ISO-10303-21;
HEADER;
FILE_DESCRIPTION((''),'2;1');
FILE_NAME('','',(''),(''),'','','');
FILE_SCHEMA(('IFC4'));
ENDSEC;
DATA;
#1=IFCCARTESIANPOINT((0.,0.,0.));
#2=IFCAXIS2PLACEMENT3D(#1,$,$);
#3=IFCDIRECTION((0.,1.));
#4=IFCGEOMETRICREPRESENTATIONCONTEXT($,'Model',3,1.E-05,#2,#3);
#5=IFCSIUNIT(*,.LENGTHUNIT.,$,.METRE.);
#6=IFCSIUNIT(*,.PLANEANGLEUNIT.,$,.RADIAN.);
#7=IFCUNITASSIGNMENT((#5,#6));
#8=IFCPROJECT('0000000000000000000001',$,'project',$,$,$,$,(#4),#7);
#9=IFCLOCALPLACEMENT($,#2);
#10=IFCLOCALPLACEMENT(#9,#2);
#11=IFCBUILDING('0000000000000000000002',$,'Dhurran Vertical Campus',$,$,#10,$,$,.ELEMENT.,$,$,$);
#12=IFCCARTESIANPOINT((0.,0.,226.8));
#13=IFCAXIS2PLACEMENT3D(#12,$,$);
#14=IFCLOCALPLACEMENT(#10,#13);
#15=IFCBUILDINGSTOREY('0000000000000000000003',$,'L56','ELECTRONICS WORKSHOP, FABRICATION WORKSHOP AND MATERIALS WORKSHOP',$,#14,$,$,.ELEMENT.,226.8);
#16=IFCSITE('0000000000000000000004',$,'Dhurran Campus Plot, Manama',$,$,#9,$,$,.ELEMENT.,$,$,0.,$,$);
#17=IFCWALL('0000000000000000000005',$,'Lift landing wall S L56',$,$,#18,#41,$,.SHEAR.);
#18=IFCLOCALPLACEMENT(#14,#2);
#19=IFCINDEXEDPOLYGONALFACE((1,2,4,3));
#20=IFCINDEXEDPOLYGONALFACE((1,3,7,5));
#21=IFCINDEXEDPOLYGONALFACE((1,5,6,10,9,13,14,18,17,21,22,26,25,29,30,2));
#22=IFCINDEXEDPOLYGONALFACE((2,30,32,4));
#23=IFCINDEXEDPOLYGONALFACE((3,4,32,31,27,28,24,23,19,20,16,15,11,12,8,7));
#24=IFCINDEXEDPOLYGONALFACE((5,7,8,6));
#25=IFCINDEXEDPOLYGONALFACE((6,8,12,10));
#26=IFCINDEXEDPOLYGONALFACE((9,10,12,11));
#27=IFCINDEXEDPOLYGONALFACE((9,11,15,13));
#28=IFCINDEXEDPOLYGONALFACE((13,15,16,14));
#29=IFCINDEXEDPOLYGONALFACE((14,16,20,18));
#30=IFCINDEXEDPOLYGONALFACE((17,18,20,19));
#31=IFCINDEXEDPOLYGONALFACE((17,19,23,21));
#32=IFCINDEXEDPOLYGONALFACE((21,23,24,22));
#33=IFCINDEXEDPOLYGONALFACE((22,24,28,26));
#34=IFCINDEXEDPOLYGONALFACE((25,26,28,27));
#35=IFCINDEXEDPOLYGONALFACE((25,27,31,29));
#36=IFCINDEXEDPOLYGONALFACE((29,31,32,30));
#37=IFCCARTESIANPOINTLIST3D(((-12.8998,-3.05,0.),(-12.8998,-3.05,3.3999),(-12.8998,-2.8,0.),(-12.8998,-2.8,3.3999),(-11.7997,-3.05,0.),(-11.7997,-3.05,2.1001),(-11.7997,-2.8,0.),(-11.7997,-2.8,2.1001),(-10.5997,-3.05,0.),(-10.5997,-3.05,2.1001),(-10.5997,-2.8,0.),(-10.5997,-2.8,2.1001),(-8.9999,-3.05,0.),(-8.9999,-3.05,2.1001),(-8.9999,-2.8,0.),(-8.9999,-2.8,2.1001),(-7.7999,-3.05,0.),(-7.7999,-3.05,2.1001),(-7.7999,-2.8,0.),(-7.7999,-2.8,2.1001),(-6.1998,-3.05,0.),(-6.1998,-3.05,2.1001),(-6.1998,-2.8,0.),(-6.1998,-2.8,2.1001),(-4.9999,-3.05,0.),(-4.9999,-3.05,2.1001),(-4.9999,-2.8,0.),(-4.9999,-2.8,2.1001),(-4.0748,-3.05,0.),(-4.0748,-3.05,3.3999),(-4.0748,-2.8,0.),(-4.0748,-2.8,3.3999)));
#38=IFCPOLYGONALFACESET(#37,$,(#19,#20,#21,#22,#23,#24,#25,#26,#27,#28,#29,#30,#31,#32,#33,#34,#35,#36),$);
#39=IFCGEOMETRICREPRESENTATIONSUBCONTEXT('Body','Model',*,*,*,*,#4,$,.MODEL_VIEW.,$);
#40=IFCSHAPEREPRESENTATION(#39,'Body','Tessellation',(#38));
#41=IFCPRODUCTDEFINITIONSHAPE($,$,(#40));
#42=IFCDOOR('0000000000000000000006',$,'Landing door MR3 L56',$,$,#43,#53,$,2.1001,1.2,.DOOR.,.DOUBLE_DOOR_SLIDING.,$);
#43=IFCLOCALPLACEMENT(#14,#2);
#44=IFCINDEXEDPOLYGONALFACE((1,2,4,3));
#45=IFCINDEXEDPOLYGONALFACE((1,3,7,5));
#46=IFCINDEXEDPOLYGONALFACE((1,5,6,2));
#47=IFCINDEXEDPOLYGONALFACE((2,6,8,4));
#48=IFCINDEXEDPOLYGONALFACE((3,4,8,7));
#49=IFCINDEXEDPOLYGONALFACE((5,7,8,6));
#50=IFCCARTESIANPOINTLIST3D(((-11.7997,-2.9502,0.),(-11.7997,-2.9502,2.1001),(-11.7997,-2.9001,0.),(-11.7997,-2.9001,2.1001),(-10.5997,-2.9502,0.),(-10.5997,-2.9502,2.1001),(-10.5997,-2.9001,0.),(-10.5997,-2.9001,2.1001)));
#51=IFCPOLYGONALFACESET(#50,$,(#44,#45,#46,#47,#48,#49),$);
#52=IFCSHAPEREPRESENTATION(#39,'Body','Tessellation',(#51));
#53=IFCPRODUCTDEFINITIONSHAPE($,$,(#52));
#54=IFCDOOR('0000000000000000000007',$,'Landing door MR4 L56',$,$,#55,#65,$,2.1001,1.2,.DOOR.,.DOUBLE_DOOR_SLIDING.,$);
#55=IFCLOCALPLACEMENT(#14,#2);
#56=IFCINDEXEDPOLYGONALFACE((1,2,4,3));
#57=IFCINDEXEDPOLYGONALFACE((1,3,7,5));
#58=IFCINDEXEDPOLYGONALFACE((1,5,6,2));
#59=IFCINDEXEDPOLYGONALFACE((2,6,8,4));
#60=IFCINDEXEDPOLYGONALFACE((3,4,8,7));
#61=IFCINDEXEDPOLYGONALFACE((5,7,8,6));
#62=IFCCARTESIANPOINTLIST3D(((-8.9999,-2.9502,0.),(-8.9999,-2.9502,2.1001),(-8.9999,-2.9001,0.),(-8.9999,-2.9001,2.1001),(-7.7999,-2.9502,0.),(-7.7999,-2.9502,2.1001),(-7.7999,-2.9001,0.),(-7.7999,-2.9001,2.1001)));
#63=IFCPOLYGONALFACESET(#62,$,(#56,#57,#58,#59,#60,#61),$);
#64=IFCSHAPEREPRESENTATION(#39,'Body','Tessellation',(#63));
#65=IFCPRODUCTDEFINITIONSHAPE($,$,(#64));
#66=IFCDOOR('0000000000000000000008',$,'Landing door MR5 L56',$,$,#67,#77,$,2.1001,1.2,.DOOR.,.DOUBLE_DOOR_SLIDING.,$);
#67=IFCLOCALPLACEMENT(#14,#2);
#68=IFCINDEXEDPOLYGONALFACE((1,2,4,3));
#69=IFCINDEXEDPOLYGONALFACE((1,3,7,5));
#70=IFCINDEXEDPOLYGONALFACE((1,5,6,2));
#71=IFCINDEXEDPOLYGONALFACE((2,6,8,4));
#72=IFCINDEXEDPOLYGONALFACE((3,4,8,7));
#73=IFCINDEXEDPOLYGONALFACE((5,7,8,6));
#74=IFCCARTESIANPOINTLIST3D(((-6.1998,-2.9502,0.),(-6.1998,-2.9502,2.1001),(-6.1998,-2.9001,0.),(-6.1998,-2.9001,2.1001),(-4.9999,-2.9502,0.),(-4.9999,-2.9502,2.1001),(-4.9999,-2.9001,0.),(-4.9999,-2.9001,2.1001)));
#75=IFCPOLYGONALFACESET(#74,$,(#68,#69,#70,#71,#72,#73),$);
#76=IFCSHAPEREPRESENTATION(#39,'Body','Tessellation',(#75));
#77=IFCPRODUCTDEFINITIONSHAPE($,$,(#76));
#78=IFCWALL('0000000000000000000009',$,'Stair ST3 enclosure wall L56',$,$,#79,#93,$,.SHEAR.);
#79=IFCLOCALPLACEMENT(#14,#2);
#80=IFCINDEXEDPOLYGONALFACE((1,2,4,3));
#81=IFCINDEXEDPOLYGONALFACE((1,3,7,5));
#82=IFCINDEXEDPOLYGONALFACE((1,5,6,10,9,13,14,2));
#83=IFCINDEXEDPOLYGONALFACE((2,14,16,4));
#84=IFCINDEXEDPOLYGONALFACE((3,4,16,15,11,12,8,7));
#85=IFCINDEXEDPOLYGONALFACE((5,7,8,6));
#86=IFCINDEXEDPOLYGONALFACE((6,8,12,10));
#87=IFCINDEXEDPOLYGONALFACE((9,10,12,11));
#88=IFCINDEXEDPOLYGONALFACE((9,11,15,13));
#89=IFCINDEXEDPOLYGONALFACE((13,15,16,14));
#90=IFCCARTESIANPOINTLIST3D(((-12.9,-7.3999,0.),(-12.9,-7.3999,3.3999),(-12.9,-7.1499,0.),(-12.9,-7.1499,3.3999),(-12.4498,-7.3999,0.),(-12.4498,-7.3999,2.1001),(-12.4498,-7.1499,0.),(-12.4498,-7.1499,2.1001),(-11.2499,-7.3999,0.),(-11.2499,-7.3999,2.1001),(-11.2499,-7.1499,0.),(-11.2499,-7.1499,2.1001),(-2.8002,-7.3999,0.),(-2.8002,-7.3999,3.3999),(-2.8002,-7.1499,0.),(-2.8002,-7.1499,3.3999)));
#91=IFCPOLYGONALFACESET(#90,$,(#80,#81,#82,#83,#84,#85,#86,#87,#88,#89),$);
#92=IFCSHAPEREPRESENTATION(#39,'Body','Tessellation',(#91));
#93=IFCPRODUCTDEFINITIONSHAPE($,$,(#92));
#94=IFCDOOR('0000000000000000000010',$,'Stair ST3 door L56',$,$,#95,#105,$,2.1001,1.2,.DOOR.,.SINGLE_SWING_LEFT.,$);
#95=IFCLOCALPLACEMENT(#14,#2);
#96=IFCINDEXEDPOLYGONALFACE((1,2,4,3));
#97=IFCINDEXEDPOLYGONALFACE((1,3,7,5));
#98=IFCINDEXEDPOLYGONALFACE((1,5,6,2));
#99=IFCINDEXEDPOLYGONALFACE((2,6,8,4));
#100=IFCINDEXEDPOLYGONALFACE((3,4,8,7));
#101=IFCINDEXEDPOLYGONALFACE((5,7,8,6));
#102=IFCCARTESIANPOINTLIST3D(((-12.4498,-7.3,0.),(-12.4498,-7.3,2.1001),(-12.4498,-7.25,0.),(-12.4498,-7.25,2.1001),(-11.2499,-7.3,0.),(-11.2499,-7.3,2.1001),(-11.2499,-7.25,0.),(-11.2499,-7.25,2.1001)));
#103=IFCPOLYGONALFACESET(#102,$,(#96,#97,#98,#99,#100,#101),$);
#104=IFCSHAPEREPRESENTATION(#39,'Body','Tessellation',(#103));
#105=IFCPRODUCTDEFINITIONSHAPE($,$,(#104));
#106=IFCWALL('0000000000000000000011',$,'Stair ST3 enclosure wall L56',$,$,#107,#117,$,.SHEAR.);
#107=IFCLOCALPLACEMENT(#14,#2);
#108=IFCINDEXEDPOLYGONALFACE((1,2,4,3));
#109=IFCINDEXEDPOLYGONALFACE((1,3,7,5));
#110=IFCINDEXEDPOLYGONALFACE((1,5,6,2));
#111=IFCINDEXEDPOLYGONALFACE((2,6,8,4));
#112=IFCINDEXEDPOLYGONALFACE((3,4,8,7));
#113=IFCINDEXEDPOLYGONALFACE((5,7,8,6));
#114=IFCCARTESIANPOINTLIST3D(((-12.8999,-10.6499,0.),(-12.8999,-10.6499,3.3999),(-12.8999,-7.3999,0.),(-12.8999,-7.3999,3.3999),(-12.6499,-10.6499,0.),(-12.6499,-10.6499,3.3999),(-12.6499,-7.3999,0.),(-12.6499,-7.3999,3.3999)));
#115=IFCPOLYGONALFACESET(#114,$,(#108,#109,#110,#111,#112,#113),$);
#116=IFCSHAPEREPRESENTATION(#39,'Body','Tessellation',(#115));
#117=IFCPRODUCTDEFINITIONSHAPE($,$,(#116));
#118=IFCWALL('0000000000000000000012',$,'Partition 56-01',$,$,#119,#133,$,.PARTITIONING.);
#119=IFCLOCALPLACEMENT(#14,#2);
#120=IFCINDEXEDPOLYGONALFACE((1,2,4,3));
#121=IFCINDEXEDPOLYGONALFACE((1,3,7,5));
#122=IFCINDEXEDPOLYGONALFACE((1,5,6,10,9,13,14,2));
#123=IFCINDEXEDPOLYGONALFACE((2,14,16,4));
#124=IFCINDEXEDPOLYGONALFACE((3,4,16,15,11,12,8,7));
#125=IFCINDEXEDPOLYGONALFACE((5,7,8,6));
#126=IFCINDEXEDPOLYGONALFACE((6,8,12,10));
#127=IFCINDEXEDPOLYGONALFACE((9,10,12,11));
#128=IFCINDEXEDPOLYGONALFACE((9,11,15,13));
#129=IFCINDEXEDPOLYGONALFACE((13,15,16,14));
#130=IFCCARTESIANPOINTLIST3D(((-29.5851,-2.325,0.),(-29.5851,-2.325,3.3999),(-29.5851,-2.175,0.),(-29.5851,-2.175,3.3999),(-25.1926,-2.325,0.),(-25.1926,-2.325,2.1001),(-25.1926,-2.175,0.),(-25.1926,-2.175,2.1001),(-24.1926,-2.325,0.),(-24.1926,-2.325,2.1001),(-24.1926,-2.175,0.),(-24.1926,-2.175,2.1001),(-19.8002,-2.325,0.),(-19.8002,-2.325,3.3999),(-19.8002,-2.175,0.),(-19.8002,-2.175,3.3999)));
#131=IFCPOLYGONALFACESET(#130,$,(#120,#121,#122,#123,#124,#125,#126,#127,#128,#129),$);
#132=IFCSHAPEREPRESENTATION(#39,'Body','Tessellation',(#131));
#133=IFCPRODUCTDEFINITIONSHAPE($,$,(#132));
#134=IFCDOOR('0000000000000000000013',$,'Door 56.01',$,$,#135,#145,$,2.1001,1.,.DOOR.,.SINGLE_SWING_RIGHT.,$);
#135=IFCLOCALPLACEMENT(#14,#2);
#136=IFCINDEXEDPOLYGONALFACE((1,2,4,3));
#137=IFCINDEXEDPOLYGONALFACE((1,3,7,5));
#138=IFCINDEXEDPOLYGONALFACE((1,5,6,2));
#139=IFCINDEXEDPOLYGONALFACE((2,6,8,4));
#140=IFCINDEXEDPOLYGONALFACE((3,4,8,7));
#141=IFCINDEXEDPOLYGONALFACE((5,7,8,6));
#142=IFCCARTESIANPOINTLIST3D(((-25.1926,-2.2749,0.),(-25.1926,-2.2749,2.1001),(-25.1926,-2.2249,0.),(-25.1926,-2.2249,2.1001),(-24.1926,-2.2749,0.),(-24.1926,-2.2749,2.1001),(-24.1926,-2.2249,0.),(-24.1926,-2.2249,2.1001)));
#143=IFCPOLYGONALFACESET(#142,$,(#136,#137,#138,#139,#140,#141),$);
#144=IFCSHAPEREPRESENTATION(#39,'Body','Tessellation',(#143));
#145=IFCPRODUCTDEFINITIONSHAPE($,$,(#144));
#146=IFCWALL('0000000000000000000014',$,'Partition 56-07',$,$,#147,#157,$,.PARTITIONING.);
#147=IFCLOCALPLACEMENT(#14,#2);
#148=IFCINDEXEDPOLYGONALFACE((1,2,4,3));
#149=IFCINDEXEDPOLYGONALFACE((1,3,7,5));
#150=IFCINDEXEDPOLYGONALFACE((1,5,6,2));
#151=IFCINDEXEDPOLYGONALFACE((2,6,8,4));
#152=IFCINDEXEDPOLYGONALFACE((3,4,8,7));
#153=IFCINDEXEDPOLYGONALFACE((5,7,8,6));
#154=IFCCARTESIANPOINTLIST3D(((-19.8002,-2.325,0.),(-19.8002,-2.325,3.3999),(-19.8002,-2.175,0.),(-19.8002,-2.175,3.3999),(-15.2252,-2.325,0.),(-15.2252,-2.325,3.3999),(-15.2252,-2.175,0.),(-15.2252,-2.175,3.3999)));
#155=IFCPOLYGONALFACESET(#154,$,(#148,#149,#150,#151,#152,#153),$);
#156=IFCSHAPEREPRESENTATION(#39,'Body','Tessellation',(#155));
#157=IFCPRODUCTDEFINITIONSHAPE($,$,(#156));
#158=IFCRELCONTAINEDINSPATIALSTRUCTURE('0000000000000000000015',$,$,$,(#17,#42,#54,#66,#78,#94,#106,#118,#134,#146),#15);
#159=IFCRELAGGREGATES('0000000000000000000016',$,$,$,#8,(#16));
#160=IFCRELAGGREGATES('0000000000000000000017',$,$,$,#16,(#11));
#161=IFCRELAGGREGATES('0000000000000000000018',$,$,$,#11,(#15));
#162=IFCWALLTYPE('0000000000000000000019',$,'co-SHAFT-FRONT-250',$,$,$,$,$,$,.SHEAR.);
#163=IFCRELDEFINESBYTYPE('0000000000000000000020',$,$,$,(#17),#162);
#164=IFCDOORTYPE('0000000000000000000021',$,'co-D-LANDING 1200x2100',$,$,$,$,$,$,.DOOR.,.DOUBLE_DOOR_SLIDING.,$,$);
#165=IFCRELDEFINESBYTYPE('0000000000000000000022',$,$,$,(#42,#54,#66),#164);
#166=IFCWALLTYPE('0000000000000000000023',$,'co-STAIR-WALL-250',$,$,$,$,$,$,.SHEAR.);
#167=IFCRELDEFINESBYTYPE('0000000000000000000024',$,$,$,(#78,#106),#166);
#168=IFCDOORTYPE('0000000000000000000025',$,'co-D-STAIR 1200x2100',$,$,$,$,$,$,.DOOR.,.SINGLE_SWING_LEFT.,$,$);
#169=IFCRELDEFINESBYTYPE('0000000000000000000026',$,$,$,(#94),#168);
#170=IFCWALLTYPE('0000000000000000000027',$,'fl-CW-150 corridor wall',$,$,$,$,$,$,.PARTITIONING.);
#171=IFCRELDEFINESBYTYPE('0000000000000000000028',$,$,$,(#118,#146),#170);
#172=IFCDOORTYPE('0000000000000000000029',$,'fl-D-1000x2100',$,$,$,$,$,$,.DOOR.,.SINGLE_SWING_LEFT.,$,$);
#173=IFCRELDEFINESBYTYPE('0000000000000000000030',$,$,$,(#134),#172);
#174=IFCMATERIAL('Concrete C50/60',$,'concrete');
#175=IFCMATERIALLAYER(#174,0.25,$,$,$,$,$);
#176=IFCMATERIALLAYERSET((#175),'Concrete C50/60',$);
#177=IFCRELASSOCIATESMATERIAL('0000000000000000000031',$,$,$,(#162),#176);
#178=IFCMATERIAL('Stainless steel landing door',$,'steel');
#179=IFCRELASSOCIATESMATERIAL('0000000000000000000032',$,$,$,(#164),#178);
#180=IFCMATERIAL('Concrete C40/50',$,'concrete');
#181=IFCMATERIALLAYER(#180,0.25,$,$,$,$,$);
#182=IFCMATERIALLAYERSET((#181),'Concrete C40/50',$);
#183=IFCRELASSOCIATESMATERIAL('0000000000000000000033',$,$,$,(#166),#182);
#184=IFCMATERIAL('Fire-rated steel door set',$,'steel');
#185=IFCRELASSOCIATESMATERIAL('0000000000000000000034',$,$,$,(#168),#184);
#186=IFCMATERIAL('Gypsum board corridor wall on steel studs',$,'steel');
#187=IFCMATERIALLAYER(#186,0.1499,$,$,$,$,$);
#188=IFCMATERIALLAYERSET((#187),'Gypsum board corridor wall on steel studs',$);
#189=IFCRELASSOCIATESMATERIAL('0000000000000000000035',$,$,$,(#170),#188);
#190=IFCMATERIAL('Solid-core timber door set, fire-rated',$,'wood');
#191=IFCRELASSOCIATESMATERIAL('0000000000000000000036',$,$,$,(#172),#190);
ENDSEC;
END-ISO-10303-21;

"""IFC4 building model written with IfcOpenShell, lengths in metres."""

from ifc_helpers import new_model, si_unit, direction, frame, frame_2d, origin, place, context, subcontext, project, spatial, rectangle, extrude, material, layer, layer_set, type_object, element, fill, save


model = new_model("IFC4")

# Units and contexts
model_context = context("Model", 3, precision=1e-05, world=origin(), true_north=direction((0.0, 1.0)))
body_context = subcontext(model_context, "Body", "Model", "MODEL_VIEW")
ifc_project = project(units=[si_unit("LENGTHUNIT", "METRE"), si_unit("PLANEANGLEUNIT", "RADIAN")], contexts=[model_context])

# Site, building, storey
site_placement = place(None, origin())
site = spatial("IfcSite", under=ifc_project, at=site_placement, Name="Dhurran Campus Plot, Manama", CompositionType="ELEMENT", RefElevation=0.0)
building_placement = place(site_placement, origin())
building = spatial("IfcBuilding", under=site, at=building_placement, Name="Dhurran Vertical Campus", CompositionType="ELEMENT")
storey_placement = place(building_placement, frame((0.0, 0.0, 226.8)))
storey = spatial("IfcBuildingStorey", under=building, at=storey_placement, Name="L56", Description="ELECTRONICS WORKSHOP, FABRICATION WORKSHOP AND MATERIALS WORKSHOP", CompositionType="ELEMENT", Elevation=226.8)

# Wall, openings, doors
ifc_material_1 = material(Name="Concrete C50/60", Category="concrete")
ifc_layer_1 = layer(ifc_material_1, 0.25)
ifc_layer_set_1 = layer_set([ifc_layer_1], Name="Concrete C50/60")
wall_type_1 = type_object("IfcWallType", Name="co-SHAFT-FRONT-250", PredefinedType="SHEAR", material=ifc_layer_set_1)
wall_1_placement = place(storey_placement, frame((-12.8999, -2.925, 0.0), z_axis=(0.0, 0.0, 1.0), x_axis=(1.0, 0.0, 0.0)))
wall_1 = element("IfcWall", 1, at=wall_1_placement, inside=storey, type_object=wall_type_1, Name="Lift landing wall S L56", PredefinedType="SHEAR", context=body_context, shape_type="SweptSolid", body=[
    extrude(rectangle(XDim=8.825, YDim=0.25, at=frame_2d((4.4126, 0.0))), origin(), (0.0, 0.0, 1.0), 3.3999),
])
opening_1_placement = place(wall_1_placement, frame((1.1001, 0.0, 0.0)))
opening_1 = element("IfcOpeningElement", 2, at=opening_1_placement, cuts=wall_1, PredefinedType="OPENING", context=body_context, shape_type="SweptSolid", body=[
    extrude(rectangle(XDim=1.2, YDim=2.1001, at=frame_2d((0.6001, 1.05))), frame((0.0, 0.135, 0.0), z_axis=(0.0, -1.0, 0.0), x_axis=(1.0, 0.0, 0.0)), (0.0, 0.0, 1.0), 0.27),
])
opening_2_placement = place(wall_1_placement, frame((3.8999, 0.0, 0.0)))
opening_2 = element("IfcOpeningElement", 3, at=opening_2_placement, cuts=wall_1, PredefinedType="OPENING", context=body_context, shape_type="SweptSolid", body=[
    extrude(rectangle(XDim=1.2, YDim=2.1001, at=frame_2d((0.6001, 1.05))), frame((0.0, 0.135, 0.0), z_axis=(0.0, -1.0, 0.0), x_axis=(1.0, 0.0, 0.0)), (0.0, 0.0, 1.0), 0.27),
])
opening_3_placement = place(wall_1_placement, frame((6.7, 0.0, 0.0)))
opening_3 = element("IfcOpeningElement", 4, at=opening_3_placement, cuts=wall_1, PredefinedType="OPENING", context=body_context, shape_type="SweptSolid", body=[
    extrude(rectangle(XDim=1.2, YDim=2.1001, at=frame_2d((0.6001, 1.05))), frame((0.0, 0.135, 0.0), z_axis=(0.0, -1.0, 0.0), x_axis=(1.0, 0.0, 0.0)), (0.0, 0.0, 1.0), 0.27),
])
ifc_material_2 = material(Name="Stainless steel landing door", Category="steel")
door_type_1 = type_object("IfcDoorType", Name="co-D-LANDING 1200x2100", OperationType="DOUBLE_DOOR_SLIDING", PredefinedType="DOOR", material=ifc_material_2)
door_1_placement = place(opening_1_placement, origin())
door_1 = element("IfcDoor", 5, at=door_1_placement, inside=storey, type_object=door_type_1, Name="Landing door MR3 L56", OperationType="DOUBLE_DOOR_SLIDING", OverallHeight=2.1001, OverallWidth=1.2, PredefinedType="DOOR", context=body_context, shape_type="SweptSolid", body=[
    extrude(rectangle(XDim=1.2, YDim=2.1001, at=frame_2d((0.6001, 1.05))), frame((0.0, 0.0249, 0.0), z_axis=(0.0, -1.0, 0.0), x_axis=(1.0, 0.0, 0.0)), (0.0, 0.0, 1.0), 0.05),
])
fill(opening_1, door_1)
door_2_placement = place(opening_2_placement, origin())
door_2 = element("IfcDoor", 6, at=door_2_placement, inside=storey, type_object=door_type_1, Name="Landing door MR4 L56", OperationType="DOUBLE_DOOR_SLIDING", OverallHeight=2.1001, OverallWidth=1.2, PredefinedType="DOOR", context=body_context, shape_type="SweptSolid", body=[
    extrude(rectangle(XDim=1.2, YDim=2.1001, at=frame_2d((0.6001, 1.05))), frame((0.0, 0.0249, 0.0), z_axis=(0.0, -1.0, 0.0), x_axis=(1.0, 0.0, 0.0)), (0.0, 0.0, 1.0), 0.05),
])
fill(opening_2, door_2)
door_3_placement = place(opening_3_placement, origin())
door_3 = element("IfcDoor", 7, at=door_3_placement, inside=storey, type_object=door_type_1, Name="Landing door MR5 L56", OperationType="DOUBLE_DOOR_SLIDING", OverallHeight=2.1001, OverallWidth=1.2, PredefinedType="DOOR", context=body_context, shape_type="SweptSolid", body=[
    extrude(rectangle(XDim=1.2, YDim=2.1001, at=frame_2d((0.6001, 1.05))), frame((0.0, 0.0249, 0.0), z_axis=(0.0, -1.0, 0.0), x_axis=(1.0, 0.0, 0.0)), (0.0, 0.0, 1.0), 0.05),
])
fill(opening_3, door_3)

# Wall, opening, door
ifc_material_3 = material(Name="Concrete C40/50", Category="concrete")
ifc_layer_2 = layer(ifc_material_3, 0.25)
ifc_layer_set_2 = layer_set([ifc_layer_2], Name="Concrete C40/50")
wall_type_2 = type_object("IfcWallType", Name="co-STAIR-WALL-250", PredefinedType="SHEAR", material=ifc_layer_set_2)
wall_2_placement = place(storey_placement, frame((-12.8999, -7.2749, 0.0), z_axis=(0.0, 0.0, 1.0), x_axis=(1.0, 0.0, 0.0)))
wall_2 = element("IfcWall", 8, at=wall_2_placement, inside=storey, type_object=wall_type_2, Name="Stair ST3 enclosure wall L56", PredefinedType="SHEAR", context=body_context, shape_type="SweptSolid", body=[
    extrude(rectangle(XDim=10.0999, YDim=0.25, at=frame_2d((5.0498, 0.0))), origin(), (0.0, 0.0, 1.0), 3.3999),
])
opening_4_placement = place(wall_2_placement, frame((0.45, 0.0, 0.0)))
opening_4 = element("IfcOpeningElement", 9, at=opening_4_placement, cuts=wall_2, PredefinedType="OPENING", context=body_context, shape_type="SweptSolid", body=[
    extrude(rectangle(XDim=1.2, YDim=2.1001, at=frame_2d((0.6001, 1.05))), frame((0.0, 0.135, 0.0), z_axis=(0.0, -1.0, 0.0), x_axis=(1.0, 0.0, 0.0)), (0.0, 0.0, 1.0), 0.27),
])
ifc_material_4 = material(Name="Fire-rated steel door set", Category="steel")
door_type_2 = type_object("IfcDoorType", Name="co-D-STAIR 1200x2100", OperationType="SINGLE_SWING_LEFT", PredefinedType="DOOR", material=ifc_material_4)
door_4_placement = place(opening_4_placement, origin())
door_4 = element("IfcDoor", 10, at=door_4_placement, inside=storey, type_object=door_type_2, Name="Stair ST3 door L56", OperationType="SINGLE_SWING_LEFT", OverallHeight=2.1001, OverallWidth=1.2, PredefinedType="DOOR", context=body_context, shape_type="SweptSolid", body=[
    extrude(rectangle(XDim=1.2, YDim=2.1001, at=frame_2d((0.6001, 1.05))), frame((0.0, 0.0249, 0.0), z_axis=(0.0, -1.0, 0.0), x_axis=(1.0, 0.0, 0.0)), (0.0, 0.0, 1.0), 0.05),
])
fill(opening_4, door_4)

# Wall
wall_3_placement = place(storey_placement, frame((-12.7749, -10.6499, 0.0), z_axis=(0.0, 0.0, 1.0), x_axis=(0.0, 1.0, 0.0)))
element("IfcWall", 11, at=wall_3_placement, inside=storey, type_object=wall_type_2, Name="Stair ST3 enclosure wall L56", PredefinedType="SHEAR", context=body_context, shape_type="SweptSolid", body=[
    extrude(rectangle(XDim=3.25, YDim=0.25, at=frame_2d((1.625, 0.0))), origin(), (0.0, 0.0, 1.0), 3.3999),
])

# Wall, opening, door
ifc_material_5 = material(Name="Gypsum board corridor wall on steel studs", Category="steel")
ifc_layer_3 = layer(ifc_material_5, 0.1499)
ifc_layer_set_3 = layer_set([ifc_layer_3], Name="Gypsum board corridor wall on steel studs")
wall_type_3 = type_object("IfcWallType", Name="fl-CW-150 corridor wall", PredefinedType="PARTITIONING", material=ifc_layer_set_3)
wall_4_placement = place(storey_placement, frame((-19.8, -2.25, 0.0), z_axis=(0.0, 0.0, 1.0), x_axis=(-1.0, 0.0, 0.0)))
wall_4 = element("IfcWall", 12, at=wall_4_placement, inside=storey, type_object=wall_type_3, Name="Partition 56-01", PredefinedType="PARTITIONING", context=body_context, shape_type="SweptSolid", body=[
    extrude(rectangle(XDim=9.7849, YDim=0.1499, at=frame_2d((4.8926, 0.0))), origin(), (0.0, 0.0, 1.0), 3.3999),
])
opening_5_placement = place(wall_4_placement, frame((4.3926, 0.0, 0.0)))
opening_5 = element("IfcOpeningElement", 13, at=opening_5_placement, cuts=wall_4, PredefinedType="OPENING", context=body_context, shape_type="SweptSolid", body=[
    extrude(rectangle(XDim=1.0, YDim=2.1001, at=frame_2d((0.5, 1.05))), frame((0.0, 0.085, 0.0), z_axis=(0.0, -1.0, 0.0), x_axis=(1.0, 0.0, 0.0)), (0.0, 0.0, 1.0), 0.1699),
])
ifc_material_6 = material(Name="Solid-core timber door set, fire-rated", Category="wood")
door_type_3 = type_object("IfcDoorType", Name="fl-D-1000x2100", OperationType="SINGLE_SWING_LEFT", PredefinedType="DOOR", material=ifc_material_6)
door_5_placement = place(opening_5_placement, origin())
door_5 = element("IfcDoor", 14, at=door_5_placement, inside=storey, type_object=door_type_3, Name="Door 56.01", OperationType="SINGLE_SWING_RIGHT", OverallHeight=2.1001, OverallWidth=1.0, PredefinedType="DOOR", context=body_context, shape_type="SweptSolid", body=[
    extrude(rectangle(XDim=1.0, YDim=2.1001, at=frame_2d((0.5, 1.05))), frame((0.0, 0.0249, 0.0), z_axis=(0.0, -1.0, 0.0), x_axis=(1.0, 0.0, 0.0)), (0.0, 0.0, 1.0), 0.05),
])
fill(opening_5, door_5)

# Wall
wall_5_placement = place(storey_placement, frame((-15.2251, -2.25, 0.0), z_axis=(0.0, 0.0, 1.0), x_axis=(-1.0, 0.0, 0.0)))
element("IfcWall", 15, at=wall_5_placement, inside=storey, type_object=wall_type_3, Name="Partition 56-07", PredefinedType="PARTITIONING", context=body_context, shape_type="SweptSolid", body=[
    extrude(rectangle(XDim=4.575, YDim=0.1499, at=frame_2d((2.2876, 0.0))), origin(), (0.0, 0.0, 1.0), 3.3999),
])

save(model, "model.ifc")
